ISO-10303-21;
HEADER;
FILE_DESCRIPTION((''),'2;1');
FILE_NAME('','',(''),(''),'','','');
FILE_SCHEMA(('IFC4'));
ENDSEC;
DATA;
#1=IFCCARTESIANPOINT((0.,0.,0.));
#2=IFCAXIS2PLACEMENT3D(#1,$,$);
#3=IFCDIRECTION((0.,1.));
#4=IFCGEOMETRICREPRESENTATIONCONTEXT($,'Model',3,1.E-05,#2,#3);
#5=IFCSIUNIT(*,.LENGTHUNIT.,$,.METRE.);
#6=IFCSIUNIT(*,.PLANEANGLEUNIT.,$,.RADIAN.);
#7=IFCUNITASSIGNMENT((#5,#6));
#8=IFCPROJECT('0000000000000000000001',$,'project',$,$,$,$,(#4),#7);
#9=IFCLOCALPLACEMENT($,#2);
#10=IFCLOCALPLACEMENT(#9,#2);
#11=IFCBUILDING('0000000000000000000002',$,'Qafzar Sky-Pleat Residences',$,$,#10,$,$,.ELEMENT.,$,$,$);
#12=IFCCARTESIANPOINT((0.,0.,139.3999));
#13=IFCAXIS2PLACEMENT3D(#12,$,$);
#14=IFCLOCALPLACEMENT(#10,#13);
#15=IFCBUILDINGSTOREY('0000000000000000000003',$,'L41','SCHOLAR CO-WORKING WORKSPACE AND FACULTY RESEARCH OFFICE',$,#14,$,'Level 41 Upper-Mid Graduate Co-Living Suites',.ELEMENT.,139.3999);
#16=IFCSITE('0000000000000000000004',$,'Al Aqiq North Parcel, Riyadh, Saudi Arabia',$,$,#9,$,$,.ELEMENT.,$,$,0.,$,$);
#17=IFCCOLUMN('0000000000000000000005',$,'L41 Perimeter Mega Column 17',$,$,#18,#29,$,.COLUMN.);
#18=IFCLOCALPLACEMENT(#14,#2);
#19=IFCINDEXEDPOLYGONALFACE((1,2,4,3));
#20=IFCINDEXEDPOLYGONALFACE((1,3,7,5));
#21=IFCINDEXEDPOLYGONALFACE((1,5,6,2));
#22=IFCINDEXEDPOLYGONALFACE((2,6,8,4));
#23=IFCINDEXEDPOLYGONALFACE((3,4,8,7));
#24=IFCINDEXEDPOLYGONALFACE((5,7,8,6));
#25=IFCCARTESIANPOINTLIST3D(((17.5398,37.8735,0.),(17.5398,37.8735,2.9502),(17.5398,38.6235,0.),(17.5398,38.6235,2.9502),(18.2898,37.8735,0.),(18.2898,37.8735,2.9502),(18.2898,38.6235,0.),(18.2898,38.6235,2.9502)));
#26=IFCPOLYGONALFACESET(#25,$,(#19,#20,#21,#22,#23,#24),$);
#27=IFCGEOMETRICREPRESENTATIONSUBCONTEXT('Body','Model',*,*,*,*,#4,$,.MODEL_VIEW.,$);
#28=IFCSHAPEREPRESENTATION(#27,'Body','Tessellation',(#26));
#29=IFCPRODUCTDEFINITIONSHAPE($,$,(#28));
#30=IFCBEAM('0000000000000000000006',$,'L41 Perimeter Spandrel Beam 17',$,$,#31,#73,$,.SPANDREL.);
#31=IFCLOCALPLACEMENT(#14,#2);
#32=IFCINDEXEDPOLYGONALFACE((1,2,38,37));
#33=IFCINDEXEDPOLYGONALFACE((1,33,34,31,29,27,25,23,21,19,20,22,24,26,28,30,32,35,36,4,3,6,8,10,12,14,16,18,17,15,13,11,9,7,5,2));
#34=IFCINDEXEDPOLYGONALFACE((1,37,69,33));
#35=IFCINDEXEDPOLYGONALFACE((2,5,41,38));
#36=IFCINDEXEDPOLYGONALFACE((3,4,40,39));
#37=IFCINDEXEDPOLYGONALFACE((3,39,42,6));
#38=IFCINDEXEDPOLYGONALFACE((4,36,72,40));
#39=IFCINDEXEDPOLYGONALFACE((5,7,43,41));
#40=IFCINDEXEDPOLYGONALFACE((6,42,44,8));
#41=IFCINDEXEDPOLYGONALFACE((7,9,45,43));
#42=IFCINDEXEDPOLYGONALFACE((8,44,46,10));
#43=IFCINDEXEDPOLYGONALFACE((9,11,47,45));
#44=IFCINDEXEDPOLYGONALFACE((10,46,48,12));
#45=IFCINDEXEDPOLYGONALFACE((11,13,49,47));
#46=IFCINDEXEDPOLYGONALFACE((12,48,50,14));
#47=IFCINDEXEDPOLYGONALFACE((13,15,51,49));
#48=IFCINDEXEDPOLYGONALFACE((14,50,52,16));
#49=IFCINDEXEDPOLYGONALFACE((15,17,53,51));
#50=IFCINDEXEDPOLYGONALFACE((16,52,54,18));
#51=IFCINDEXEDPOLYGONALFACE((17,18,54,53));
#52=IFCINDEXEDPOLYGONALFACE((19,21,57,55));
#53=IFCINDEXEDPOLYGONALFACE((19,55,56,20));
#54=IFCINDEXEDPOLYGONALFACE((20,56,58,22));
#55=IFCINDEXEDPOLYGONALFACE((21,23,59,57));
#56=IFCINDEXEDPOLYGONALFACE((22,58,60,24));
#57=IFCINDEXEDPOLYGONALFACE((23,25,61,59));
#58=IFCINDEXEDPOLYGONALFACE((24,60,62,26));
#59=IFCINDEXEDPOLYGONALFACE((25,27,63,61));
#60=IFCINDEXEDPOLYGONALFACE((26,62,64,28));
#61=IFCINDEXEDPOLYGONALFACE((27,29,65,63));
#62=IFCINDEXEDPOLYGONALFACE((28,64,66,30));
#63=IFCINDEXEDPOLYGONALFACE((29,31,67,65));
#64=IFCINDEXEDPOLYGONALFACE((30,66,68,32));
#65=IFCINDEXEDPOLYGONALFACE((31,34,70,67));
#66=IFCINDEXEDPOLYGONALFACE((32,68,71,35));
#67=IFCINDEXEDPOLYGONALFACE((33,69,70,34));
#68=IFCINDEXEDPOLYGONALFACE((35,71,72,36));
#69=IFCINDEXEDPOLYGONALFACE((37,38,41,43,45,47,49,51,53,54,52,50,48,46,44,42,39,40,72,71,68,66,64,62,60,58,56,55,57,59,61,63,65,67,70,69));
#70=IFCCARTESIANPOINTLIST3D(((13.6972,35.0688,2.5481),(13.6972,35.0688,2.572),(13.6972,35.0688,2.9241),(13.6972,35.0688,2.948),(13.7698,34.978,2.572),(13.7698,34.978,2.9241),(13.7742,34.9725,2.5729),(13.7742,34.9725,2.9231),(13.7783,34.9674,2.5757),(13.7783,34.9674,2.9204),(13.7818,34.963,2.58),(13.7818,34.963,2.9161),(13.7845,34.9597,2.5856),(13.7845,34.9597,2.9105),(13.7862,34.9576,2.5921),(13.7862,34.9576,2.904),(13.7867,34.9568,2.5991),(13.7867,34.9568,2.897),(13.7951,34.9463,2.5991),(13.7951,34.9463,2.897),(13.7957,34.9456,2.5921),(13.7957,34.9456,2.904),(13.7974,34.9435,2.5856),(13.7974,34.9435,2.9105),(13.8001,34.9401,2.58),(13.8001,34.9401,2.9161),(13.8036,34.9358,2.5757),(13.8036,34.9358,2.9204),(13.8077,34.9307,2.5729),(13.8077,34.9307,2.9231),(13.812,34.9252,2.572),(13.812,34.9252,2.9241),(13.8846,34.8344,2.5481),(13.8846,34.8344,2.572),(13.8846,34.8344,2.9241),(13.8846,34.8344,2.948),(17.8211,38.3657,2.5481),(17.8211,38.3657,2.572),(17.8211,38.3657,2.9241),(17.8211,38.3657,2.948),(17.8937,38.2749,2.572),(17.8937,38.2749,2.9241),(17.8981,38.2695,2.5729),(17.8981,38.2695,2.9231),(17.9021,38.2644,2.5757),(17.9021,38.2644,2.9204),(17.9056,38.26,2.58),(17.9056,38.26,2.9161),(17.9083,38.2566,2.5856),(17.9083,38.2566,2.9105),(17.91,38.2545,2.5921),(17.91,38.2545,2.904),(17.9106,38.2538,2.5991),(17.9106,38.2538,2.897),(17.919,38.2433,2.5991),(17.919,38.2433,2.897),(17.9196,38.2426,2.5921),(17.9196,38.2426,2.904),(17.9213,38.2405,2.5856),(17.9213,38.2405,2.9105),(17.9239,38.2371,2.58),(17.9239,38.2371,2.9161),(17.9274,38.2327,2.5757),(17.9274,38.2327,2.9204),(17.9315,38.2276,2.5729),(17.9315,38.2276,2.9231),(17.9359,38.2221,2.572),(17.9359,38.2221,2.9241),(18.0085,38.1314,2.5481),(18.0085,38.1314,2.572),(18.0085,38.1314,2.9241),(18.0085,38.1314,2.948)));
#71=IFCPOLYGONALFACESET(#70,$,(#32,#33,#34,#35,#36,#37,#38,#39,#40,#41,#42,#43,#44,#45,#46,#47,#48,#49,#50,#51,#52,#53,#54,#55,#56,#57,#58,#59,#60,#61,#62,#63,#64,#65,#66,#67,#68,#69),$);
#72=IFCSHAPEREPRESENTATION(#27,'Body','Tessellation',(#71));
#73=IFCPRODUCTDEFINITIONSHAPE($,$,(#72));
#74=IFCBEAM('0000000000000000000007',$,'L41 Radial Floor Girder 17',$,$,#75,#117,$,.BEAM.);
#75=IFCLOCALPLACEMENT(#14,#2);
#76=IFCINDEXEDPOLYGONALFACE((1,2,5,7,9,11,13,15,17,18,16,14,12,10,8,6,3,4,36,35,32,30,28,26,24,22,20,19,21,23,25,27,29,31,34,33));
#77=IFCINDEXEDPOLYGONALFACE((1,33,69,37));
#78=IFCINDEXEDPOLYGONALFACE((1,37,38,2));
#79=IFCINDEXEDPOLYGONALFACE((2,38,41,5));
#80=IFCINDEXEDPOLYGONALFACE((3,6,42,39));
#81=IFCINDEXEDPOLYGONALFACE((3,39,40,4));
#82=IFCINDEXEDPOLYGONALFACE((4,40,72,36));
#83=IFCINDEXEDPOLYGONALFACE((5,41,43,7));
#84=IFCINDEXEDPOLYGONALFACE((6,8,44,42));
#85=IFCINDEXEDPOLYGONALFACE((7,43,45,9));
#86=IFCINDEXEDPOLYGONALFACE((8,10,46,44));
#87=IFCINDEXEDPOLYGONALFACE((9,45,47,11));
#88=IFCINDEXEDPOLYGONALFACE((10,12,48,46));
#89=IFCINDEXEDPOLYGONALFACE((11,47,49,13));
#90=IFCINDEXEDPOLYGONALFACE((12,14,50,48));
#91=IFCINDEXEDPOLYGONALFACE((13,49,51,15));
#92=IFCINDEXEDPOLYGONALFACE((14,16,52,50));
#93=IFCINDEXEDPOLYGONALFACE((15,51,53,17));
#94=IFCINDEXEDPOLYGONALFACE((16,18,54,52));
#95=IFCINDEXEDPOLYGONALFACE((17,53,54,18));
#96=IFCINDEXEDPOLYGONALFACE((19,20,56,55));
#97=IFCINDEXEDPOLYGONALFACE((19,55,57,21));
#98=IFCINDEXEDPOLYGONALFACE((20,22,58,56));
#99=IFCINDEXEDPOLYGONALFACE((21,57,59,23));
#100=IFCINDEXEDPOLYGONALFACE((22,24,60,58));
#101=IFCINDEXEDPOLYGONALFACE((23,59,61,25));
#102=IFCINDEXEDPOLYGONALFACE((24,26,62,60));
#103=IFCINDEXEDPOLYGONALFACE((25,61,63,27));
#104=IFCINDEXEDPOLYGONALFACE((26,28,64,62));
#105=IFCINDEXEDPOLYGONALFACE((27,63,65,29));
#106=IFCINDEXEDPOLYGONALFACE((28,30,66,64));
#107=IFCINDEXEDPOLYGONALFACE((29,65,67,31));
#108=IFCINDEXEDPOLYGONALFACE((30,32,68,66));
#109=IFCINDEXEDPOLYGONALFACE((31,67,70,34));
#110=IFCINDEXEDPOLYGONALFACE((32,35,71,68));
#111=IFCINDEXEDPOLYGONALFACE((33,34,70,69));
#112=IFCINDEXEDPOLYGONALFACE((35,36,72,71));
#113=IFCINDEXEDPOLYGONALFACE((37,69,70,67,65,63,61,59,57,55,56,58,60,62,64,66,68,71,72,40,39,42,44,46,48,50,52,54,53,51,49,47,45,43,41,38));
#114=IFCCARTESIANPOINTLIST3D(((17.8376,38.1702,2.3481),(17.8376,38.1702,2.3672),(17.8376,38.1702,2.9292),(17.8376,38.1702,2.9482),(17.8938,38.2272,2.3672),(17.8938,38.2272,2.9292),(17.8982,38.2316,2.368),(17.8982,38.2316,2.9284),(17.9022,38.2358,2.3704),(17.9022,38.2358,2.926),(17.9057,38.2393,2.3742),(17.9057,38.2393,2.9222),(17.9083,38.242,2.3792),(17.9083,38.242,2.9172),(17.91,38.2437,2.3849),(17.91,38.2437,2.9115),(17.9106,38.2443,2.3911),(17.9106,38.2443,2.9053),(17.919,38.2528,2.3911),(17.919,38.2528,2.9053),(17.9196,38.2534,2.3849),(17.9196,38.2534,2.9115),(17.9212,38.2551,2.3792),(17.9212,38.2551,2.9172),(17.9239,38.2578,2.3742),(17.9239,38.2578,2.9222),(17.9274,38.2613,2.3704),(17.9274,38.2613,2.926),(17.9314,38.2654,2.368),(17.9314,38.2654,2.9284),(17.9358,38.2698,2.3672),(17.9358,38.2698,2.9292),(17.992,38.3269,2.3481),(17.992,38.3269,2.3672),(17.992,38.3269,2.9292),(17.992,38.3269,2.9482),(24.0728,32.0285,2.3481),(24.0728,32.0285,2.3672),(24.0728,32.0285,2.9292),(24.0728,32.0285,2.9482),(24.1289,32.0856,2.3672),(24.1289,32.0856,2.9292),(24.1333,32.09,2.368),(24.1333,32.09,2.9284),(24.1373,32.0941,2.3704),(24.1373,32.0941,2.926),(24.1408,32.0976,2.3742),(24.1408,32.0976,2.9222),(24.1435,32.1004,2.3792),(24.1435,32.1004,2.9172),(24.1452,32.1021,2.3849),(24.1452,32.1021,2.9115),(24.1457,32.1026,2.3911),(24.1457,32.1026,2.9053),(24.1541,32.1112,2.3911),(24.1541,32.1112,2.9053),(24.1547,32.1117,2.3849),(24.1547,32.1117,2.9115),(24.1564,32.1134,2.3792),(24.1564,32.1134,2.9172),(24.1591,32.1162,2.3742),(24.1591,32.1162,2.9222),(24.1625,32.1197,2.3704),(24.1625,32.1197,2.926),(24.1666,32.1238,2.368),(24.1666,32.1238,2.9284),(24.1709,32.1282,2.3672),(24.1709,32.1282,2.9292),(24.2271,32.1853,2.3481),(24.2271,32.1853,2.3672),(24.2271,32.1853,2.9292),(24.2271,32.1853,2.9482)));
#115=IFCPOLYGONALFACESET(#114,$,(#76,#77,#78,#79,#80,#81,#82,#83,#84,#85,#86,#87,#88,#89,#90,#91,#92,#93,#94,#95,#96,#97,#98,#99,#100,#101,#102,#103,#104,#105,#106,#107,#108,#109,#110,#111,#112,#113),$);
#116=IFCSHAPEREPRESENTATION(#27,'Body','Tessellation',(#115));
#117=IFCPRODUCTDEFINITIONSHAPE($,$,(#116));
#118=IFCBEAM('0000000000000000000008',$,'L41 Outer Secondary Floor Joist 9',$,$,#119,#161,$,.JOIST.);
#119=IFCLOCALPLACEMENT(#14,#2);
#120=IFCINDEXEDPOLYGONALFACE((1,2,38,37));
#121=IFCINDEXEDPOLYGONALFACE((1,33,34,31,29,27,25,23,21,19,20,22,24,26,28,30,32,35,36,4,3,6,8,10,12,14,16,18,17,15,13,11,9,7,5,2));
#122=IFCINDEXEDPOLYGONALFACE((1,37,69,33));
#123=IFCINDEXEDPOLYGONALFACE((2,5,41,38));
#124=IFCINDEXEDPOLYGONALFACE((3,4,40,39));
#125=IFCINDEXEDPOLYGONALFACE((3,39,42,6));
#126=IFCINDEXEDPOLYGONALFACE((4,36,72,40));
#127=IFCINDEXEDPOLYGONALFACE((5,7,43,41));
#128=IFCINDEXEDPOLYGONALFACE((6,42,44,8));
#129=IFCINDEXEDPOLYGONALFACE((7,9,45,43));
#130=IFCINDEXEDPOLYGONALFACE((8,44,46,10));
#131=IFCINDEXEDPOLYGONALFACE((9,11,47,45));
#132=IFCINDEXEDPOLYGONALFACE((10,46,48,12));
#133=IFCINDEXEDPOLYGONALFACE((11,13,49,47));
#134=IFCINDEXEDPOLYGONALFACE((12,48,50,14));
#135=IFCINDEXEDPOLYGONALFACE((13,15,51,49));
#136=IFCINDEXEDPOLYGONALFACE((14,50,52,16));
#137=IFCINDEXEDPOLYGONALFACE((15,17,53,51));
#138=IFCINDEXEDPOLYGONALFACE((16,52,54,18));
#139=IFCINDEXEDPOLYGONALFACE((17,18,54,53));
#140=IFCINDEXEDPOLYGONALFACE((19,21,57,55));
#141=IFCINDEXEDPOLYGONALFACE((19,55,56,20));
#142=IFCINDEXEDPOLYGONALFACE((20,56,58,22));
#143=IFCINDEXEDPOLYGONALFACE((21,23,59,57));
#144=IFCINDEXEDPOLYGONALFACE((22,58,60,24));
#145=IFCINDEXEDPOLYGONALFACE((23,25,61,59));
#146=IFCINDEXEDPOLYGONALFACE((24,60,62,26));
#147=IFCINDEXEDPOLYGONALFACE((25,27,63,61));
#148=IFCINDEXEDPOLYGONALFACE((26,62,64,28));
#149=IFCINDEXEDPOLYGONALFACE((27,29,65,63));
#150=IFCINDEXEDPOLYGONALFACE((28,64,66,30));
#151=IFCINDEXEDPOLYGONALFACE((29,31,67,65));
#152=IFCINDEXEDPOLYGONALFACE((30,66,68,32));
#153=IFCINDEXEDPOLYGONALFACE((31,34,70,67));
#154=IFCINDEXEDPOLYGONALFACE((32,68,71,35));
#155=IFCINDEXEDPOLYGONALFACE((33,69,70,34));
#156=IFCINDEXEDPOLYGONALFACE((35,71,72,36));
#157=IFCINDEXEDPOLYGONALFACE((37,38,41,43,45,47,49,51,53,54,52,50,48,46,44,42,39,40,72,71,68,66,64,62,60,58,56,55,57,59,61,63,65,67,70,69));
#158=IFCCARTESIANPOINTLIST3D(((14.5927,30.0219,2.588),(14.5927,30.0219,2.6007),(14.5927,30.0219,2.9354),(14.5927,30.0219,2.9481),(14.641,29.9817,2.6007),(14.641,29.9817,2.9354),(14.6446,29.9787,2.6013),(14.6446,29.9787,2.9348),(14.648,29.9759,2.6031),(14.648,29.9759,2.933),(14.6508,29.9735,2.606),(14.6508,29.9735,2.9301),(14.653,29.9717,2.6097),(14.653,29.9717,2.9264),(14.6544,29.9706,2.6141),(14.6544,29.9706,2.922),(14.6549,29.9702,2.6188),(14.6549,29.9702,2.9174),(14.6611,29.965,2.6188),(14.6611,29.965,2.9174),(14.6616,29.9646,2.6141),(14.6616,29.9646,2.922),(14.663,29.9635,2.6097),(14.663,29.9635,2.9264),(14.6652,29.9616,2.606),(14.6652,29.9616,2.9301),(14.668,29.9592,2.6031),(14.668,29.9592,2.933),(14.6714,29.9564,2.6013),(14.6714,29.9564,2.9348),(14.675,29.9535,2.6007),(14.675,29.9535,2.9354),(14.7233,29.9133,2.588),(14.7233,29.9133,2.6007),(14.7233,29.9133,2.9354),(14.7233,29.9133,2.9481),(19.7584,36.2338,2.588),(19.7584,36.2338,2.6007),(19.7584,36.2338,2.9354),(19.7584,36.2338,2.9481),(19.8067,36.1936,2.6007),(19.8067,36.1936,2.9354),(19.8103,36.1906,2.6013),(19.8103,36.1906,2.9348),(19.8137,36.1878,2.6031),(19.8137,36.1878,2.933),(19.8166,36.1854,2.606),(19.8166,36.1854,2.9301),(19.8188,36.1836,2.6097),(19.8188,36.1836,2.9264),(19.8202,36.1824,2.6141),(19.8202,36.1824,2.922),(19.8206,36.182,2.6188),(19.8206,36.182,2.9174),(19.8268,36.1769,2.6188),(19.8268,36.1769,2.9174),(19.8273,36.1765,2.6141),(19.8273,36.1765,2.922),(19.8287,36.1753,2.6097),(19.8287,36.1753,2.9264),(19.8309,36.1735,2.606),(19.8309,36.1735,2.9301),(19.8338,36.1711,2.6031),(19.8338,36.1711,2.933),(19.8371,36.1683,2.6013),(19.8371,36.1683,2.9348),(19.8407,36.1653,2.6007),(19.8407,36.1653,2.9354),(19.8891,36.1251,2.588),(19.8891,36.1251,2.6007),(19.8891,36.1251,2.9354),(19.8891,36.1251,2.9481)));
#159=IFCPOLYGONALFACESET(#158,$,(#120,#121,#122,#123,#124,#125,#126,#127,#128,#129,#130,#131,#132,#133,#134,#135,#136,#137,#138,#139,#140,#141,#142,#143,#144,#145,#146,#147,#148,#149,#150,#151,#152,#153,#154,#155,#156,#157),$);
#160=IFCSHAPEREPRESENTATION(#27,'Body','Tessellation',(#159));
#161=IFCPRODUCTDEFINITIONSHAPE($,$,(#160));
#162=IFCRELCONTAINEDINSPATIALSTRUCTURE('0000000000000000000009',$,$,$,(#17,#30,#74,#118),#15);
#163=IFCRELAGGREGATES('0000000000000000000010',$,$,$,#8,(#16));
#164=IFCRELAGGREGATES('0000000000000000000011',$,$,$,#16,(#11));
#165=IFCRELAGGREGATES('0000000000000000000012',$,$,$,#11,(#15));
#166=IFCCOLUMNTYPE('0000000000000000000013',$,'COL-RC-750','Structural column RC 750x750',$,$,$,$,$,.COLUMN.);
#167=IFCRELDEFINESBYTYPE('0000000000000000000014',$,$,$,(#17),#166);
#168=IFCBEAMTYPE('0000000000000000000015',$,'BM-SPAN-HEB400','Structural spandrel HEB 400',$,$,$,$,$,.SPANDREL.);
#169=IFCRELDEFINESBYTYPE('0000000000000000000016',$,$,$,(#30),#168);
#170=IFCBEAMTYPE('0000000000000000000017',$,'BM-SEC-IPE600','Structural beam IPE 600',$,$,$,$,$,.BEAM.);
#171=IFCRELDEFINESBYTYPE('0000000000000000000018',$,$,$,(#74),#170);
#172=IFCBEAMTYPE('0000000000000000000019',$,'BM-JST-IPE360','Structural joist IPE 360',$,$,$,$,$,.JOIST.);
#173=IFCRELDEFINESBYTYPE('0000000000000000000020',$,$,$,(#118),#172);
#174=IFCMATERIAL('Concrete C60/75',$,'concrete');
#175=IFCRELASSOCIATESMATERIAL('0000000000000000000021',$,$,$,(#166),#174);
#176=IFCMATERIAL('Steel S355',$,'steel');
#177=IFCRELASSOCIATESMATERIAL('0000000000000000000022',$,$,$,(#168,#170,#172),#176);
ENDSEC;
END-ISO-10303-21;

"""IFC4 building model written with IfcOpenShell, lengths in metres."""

from ifc_helpers import new_model, si_unit, direction, frame, origin, origin_2d, place, context, subcontext, project, spatial, rectangle, i_section, extrude, source, transform, mapped, material, material_profile, profile_set, type_object, element, save


model = new_model("IFC4")

# Units and contexts
model_context = context("Model", 3, precision=1e-05, world=origin(), true_north=direction((0.0, 1.0)))
body_context = subcontext(model_context, "Body", "Model", "MODEL_VIEW")
ifc_project = project(units=[si_unit("LENGTHUNIT", "METRE"), si_unit("PLANEANGLEUNIT", "RADIAN")], contexts=[model_context])

# Site, building, storey
site_placement = place(None, origin())
site = spatial("IfcSite", under=ifc_project, at=site_placement, Name="Al Aqiq North Parcel, Riyadh, Saudi Arabia", CompositionType="ELEMENT", RefElevation=0.0)
building_placement = place(site_placement, origin())
building = spatial("IfcBuilding", under=site, at=building_placement, Name="Qafzar Sky-Pleat Residences", CompositionType="ELEMENT")
storey_placement = place(building_placement, frame((0.0, 0.0, 139.3999)))
storey = spatial("IfcBuildingStorey", under=building, at=storey_placement, Name="L41", Description="SCHOLAR CO-WORKING WORKSPACE AND FACULTY RESEARCH OFFICE", LongName="Level 41 Upper-Mid Graduate Co-Living Suites", CompositionType="ELEMENT", Elevation=139.3999)

# Column
ifc_material_1 = material(Name="Concrete C60/75", Category="concrete")
ifc_material_profile_1 = material_profile(ifc_material_1, rectangle(XDim=0.75, YDim=0.75, at=origin_2d()), Name="RC 750x750")
ifc_profile_set_1 = profile_set([ifc_material_profile_1], Name="Concrete C60/75")
column_type = type_object("IfcColumnType", Name="COL-RC-750", Description="Structural column RC 750x750", PredefinedType="COLUMN", material=ifc_profile_set_1)
shared_shape_1 = source(origin(), body_context, "Body", "SweptSolid", [
    extrude(rectangle(XDim=0.75, YDim=0.75, at=origin_2d()), origin(), (0.0, 0.0, 1.0), 2.9502),
])
column_placement = place(storey_placement, frame((17.9148, 38.2485, 0.0), z_axis=(0.0, 0.0, 1.0), x_axis=(1.0, 0.0, 0.0)))
element("IfcColumn", 1, at=column_placement, inside=storey, type_object=column_type, Name="L41 Perimeter Mega Column 17", PredefinedType="COLUMN", context=body_context, shape_type="MappedRepresentation", body=[
    mapped(shared_shape_1, transform((0.0, 0.0, 0.0), x_axis=(1.0, 0.0, 0.0), y_axis=(0.0, 1.0, 0.0), z_axis=(0.0, 0.0, 1.0), scale=1.0)),
])

# Beams
ifc_material_2 = material(Name="Steel S355", Category="steel")
ifc_material_profile_2 = material_profile(ifc_material_2, i_section(OverallWidth=0.3, OverallDepth=0.3999, WebThickness=0.0134, FlangeThickness=0.0239, FilletRadius=0.0271, at=origin_2d()), Name="HEB 400")
ifc_profile_set_2 = profile_set([ifc_material_profile_2], Name="Steel S355")
beam_type_1 = type_object("IfcBeamType", Name="BM-SPAN-HEB400", Description="Structural spandrel HEB 400", PredefinedType="SPANDREL", material=ifc_profile_set_2)
shared_shape_2 = source(origin(), body_context, "Body", "SweptSolid", [
    extrude(i_section(OverallWidth=0.3, OverallDepth=0.3999, WebThickness=0.0134, FlangeThickness=0.0239, FilletRadius=0.0271, at=origin_2d()), origin(), (0.0, 0.0, 1.0), 5.2798),
])
beam_1_placement = place(storey_placement, frame((17.9148, 38.2485, 2.748), z_axis=(-0.781067, -0.624447, 0.0), x_axis=(0.624447, -0.781067, 0.0)))
element("IfcBeam", 2, at=beam_1_placement, inside=storey, type_object=beam_type_1, Name="L41 Perimeter Spandrel Beam 17", PredefinedType="SPANDREL", context=body_context, shape_type="MappedRepresentation", body=[
    mapped(shared_shape_2, transform((0.0, 0.0, 0.0), x_axis=(1.0, 0.0, 0.0), y_axis=(0.0, 1.0, 0.0), z_axis=(0.0, 0.0, 1.0), scale=1.0)),
])
ifc_material_profile_3 = material_profile(ifc_material_2, i_section(OverallWidth=0.22, OverallDepth=0.6001, WebThickness=0.012, FlangeThickness=0.019, FilletRadius=0.0239, at=origin_2d()), Name="IPE 600")
ifc_profile_set_3 = profile_set([ifc_material_profile_3], Name="Steel S355")
beam_type_2 = type_object("IfcBeamType", Name="BM-SEC-IPE600", Description="Structural beam IPE 600", PredefinedType="BEAM", material=ifc_profile_set_3)
shared_shape_3 = source(origin(), body_context, "Body", "SweptSolid", [
    extrude(i_section(OverallWidth=0.22, OverallDepth=0.6001, WebThickness=0.012, FlangeThickness=0.019, FilletRadius=0.0239, at=origin_2d()), origin(), (0.0, 0.0, 1.0), 8.752),
])
beam_2_placement = place(storey_placement, frame((17.9148, 38.2485, 2.6482), z_axis=(0.712429, -0.701745, 0.0), x_axis=(0.701745, 0.712429, 0.0)))
element("IfcBeam", 3, at=beam_2_placement, inside=storey, type_object=beam_type_2, Name="L41 Radial Floor Girder 17", PredefinedType="BEAM", context=body_context, shape_type="MappedRepresentation", body=[
    mapped(shared_shape_3, transform((0.0, 0.0, 0.0), x_axis=(1.0, 0.0, 0.0), y_axis=(0.0, 1.0, 0.0), z_axis=(0.0, 0.0, 1.0), scale=1.0)),
])
ifc_material_profile_4 = material_profile(ifc_material_2, i_section(OverallWidth=0.1699, OverallDepth=0.3601, WebThickness=0.0081, FlangeThickness=0.0127, FilletRadius=0.0181, at=origin_2d()), Name="IPE 360")
ifc_profile_set_4 = profile_set([ifc_material_profile_4], Name="Steel S355")
beam_type_3 = type_object("IfcBeamType", Name="BM-JST-IPE360", Description="Structural joist IPE 360", PredefinedType="JOIST", material=ifc_profile_set_4)
shared_shape_4 = source(origin(), body_context, "Body", "SweptSolid", [
    extrude(i_section(OverallWidth=0.1699, OverallDepth=0.3601, WebThickness=0.0081, FlangeThickness=0.0127, FilletRadius=0.0181, at=origin_2d()), origin(), (0.0, 0.0, 1.0), 8.0791),
])
beam_3_placement = place(storey_placement, frame((19.8237, 36.1794, 2.7681), z_axis=(-0.639393, -0.76888, 0.0), x_axis=(0.76888, -0.639393, 0.0)))
element("IfcBeam", 4, at=beam_3_placement, inside=storey, type_object=beam_type_3, Name="L41 Outer Secondary Floor Joist 9", PredefinedType="JOIST", context=body_context, shape_type="MappedRepresentation", body=[
    mapped(shared_shape_4, transform((0.0, 0.0, 0.0), x_axis=(1.0, 0.0, 0.0), y_axis=(0.0, 1.0, 0.0), z_axis=(0.0, 0.0, 1.0), scale=1.0)),
])

save(model, "model.ifc")
